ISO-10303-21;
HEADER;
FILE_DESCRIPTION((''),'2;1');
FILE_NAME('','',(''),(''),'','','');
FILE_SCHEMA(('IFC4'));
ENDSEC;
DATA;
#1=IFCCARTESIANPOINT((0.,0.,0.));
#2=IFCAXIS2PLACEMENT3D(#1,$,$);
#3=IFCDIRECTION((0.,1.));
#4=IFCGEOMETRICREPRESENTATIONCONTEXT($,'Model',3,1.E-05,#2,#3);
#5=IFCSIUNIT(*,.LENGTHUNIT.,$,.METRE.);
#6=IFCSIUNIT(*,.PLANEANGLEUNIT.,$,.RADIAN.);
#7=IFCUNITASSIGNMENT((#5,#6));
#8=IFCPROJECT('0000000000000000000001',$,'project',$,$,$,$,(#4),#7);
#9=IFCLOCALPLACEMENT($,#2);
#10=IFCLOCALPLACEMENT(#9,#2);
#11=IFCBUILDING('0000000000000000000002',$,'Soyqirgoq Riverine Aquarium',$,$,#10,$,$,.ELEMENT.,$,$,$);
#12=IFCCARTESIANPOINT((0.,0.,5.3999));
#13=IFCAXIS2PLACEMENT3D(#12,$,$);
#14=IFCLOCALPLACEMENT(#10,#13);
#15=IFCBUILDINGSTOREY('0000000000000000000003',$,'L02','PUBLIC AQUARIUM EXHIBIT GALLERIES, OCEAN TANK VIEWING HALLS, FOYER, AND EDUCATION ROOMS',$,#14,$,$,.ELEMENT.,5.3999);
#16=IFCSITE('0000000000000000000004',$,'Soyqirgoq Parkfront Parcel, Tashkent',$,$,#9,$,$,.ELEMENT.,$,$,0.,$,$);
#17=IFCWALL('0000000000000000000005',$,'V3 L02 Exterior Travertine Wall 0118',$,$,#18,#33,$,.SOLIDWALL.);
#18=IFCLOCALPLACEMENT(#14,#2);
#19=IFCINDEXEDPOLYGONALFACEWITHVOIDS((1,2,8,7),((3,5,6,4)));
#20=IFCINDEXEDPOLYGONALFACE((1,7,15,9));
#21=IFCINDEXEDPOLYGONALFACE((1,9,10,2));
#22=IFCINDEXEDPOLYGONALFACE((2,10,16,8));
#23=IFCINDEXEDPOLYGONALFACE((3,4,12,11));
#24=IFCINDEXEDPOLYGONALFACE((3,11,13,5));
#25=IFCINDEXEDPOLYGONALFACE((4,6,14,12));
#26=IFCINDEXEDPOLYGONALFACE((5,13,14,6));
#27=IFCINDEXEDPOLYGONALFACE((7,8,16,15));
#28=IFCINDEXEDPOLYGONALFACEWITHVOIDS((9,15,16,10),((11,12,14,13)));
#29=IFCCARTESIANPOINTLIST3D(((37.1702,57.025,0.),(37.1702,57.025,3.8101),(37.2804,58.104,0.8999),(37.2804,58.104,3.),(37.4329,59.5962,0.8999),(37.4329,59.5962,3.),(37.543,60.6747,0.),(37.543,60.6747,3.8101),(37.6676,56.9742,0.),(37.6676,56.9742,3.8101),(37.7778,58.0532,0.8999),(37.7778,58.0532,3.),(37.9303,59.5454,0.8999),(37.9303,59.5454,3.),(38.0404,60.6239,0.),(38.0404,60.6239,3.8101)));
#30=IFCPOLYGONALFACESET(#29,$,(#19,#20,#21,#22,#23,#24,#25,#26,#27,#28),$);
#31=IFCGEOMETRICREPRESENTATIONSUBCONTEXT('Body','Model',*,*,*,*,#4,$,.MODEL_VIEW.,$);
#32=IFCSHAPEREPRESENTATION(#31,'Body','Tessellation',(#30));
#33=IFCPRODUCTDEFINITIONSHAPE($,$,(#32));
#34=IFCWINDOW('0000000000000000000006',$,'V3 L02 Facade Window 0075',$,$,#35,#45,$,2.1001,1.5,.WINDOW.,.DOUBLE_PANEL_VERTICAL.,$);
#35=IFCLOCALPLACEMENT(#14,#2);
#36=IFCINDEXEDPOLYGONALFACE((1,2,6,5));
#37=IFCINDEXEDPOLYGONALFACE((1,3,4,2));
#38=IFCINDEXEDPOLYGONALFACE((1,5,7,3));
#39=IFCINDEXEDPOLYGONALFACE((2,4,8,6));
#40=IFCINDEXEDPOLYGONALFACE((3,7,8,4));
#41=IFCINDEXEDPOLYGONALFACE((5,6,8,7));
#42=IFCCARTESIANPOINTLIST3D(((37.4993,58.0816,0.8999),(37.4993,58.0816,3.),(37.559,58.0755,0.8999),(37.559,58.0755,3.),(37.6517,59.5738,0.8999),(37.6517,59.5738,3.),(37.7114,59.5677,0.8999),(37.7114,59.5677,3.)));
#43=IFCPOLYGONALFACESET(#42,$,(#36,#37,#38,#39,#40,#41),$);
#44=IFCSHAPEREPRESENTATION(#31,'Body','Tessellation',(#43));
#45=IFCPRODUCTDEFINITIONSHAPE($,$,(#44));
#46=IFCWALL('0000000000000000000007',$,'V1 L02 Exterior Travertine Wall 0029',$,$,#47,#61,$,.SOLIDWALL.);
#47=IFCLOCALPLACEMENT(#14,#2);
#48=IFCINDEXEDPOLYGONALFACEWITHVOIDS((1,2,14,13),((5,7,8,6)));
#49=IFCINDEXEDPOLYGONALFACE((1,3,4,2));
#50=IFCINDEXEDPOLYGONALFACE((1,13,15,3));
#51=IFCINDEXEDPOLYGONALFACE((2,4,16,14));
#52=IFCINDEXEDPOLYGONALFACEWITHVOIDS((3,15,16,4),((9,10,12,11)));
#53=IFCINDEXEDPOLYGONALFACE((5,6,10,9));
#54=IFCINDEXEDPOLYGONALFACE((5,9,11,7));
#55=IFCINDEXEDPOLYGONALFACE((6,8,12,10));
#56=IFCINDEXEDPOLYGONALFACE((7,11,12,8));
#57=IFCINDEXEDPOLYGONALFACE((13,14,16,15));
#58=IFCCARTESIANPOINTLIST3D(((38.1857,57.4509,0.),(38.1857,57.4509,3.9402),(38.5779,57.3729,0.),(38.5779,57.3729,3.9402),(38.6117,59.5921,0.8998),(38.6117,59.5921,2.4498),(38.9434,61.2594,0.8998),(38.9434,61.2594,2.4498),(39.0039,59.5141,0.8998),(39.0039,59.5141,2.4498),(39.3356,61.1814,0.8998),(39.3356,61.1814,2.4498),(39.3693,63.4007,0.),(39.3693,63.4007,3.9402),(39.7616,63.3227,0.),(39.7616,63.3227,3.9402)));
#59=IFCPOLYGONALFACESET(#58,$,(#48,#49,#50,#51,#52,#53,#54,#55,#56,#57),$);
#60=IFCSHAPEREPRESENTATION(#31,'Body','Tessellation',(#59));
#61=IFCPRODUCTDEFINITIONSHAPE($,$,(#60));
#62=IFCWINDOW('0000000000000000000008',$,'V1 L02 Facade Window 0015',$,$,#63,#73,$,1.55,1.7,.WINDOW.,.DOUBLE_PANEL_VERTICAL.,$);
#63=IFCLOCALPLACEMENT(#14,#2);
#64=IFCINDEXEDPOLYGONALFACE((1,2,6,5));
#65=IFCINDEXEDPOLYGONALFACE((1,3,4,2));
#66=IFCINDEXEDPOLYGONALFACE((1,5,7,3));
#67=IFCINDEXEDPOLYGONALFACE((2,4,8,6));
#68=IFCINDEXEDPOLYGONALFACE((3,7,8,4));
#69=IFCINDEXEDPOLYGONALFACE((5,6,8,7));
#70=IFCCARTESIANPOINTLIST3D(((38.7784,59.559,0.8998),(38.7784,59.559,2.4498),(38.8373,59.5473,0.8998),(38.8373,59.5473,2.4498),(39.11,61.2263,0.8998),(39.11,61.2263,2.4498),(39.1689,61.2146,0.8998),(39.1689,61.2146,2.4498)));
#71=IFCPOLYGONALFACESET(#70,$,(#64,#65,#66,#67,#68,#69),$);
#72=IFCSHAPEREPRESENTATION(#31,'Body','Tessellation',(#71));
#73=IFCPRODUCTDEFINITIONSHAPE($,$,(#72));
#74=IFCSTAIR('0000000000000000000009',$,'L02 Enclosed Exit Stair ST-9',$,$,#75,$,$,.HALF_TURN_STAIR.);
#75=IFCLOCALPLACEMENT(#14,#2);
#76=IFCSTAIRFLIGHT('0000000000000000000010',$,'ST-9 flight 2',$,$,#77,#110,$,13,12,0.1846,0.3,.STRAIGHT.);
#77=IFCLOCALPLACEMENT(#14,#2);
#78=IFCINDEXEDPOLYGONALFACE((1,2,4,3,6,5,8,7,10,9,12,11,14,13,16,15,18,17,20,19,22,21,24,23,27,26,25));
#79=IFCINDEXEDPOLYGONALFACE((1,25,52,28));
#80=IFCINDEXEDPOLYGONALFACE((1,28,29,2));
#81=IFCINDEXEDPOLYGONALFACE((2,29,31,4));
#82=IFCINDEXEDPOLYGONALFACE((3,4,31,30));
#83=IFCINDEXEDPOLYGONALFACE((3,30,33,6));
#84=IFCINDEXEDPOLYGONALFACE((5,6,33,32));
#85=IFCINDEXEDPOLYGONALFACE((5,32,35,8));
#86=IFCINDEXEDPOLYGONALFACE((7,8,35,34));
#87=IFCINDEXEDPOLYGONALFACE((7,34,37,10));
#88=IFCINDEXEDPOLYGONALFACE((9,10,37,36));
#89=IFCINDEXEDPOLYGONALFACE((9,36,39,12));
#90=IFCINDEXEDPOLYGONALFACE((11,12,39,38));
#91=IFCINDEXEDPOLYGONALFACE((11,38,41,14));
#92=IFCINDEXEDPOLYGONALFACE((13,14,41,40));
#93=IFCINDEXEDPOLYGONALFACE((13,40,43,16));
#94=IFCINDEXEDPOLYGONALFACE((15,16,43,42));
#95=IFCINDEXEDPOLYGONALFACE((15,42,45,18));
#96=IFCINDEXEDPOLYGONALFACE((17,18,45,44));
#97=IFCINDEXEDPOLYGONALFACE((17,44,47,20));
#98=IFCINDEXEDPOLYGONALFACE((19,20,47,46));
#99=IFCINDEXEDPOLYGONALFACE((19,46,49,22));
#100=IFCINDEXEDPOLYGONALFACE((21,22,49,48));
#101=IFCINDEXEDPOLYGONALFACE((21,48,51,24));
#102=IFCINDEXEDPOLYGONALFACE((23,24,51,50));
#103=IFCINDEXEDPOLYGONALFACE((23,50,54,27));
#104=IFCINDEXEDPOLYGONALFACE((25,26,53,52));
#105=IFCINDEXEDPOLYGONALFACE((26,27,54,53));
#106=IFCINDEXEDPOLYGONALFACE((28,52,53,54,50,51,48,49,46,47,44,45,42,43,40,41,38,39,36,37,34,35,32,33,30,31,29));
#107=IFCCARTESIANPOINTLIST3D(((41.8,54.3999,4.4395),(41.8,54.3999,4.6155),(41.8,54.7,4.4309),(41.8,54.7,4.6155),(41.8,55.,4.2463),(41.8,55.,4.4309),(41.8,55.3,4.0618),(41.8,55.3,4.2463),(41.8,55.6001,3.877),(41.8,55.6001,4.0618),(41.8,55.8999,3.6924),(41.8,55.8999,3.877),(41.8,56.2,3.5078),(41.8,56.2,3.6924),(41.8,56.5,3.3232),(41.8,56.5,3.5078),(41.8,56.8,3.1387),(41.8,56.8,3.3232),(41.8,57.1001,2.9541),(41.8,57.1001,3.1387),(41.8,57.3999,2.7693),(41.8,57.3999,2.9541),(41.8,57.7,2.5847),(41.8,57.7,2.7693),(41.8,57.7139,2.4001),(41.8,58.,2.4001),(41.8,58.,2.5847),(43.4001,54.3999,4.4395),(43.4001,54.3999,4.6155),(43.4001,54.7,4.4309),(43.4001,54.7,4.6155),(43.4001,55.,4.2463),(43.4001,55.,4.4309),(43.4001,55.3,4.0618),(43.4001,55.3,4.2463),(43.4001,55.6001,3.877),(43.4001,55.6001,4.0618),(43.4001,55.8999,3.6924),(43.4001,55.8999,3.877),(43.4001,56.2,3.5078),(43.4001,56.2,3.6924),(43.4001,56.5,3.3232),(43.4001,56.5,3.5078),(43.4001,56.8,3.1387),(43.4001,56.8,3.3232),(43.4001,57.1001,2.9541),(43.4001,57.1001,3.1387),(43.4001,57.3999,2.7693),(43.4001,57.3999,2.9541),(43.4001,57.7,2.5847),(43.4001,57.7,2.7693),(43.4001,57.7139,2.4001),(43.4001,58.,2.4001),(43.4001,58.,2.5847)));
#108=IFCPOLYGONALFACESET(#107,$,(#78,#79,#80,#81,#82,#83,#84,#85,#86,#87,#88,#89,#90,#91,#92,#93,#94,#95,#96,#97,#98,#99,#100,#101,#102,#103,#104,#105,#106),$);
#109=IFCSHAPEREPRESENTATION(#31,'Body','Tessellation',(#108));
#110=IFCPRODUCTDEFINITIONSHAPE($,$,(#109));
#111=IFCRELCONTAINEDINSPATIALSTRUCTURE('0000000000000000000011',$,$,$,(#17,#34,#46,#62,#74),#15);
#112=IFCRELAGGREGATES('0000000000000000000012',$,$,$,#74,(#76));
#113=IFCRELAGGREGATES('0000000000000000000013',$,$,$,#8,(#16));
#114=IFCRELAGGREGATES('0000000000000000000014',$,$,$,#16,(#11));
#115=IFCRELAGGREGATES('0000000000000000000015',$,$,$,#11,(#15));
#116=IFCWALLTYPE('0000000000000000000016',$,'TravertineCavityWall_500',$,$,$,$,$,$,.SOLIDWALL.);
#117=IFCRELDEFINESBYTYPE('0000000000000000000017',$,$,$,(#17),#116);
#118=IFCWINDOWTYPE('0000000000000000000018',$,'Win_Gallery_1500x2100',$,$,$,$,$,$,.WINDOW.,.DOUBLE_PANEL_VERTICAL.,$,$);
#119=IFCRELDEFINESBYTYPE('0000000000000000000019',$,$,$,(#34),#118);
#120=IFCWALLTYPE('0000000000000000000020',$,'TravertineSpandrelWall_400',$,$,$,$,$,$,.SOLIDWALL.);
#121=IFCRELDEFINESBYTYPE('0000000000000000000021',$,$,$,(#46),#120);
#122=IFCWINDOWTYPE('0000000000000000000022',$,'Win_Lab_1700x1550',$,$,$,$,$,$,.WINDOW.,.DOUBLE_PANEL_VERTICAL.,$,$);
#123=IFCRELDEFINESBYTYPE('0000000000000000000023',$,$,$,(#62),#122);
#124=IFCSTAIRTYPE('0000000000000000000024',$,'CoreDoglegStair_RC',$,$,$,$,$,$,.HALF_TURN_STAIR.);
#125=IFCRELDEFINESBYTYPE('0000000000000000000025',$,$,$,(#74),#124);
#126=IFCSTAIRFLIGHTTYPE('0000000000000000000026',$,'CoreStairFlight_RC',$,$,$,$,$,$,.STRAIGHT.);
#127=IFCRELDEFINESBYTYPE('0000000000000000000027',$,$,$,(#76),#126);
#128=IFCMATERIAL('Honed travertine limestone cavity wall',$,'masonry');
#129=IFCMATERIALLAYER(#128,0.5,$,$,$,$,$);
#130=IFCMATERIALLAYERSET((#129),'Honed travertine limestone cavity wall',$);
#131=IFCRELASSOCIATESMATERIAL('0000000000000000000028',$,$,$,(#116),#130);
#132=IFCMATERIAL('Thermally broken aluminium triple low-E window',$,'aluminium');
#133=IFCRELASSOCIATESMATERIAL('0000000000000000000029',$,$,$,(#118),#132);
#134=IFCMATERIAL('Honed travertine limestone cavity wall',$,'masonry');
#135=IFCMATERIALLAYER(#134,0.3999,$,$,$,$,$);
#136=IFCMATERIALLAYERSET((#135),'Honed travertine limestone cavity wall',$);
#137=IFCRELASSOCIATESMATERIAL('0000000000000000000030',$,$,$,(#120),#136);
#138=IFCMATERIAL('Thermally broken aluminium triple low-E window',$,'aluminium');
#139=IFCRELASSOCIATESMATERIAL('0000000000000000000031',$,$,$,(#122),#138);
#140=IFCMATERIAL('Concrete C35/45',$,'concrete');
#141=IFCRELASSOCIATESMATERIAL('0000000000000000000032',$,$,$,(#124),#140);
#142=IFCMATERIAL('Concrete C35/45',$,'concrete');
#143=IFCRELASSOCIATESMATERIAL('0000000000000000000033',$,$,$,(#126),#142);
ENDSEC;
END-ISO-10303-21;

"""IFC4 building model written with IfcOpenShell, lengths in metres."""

from ifc_helpers import new_model, si_unit, direction, frame, frame_2d, origin, place, context, subcontext, project, spatial, polyline, rectangle, outline, extrude, material, layer, layer_set, type_object, element, fill, aggregate, save


model = new_model("IFC4")

# Units and contexts
model_context = context("Model", 3, precision=1e-05, world=origin(), true_north=direction((0.0, 1.0)))
body_context = subcontext(model_context, "Body", "Model", "MODEL_VIEW")
ifc_project = project(units=[si_unit("LENGTHUNIT", "METRE"), si_unit("PLANEANGLEUNIT", "RADIAN")], contexts=[model_context])

# Site, building, storey
site_placement = place(None, origin())
site = spatial("IfcSite", under=ifc_project, at=site_placement, Name="Soyqirgoq Parkfront Parcel, Tashkent", CompositionType="ELEMENT", RefElevation=0.0)
building_placement = place(site_placement, origin())
building = spatial("IfcBuilding", under=site, at=building_placement, Name="Soyqirgoq Riverine Aquarium", CompositionType="ELEMENT")
storey_placement = place(building_placement, frame((0.0, 0.0, 5.3999)))
storey = spatial("IfcBuildingStorey", under=building, at=storey_placement, Name="L02", Description="PUBLIC AQUARIUM EXHIBIT GALLERIES, OCEAN TANK VIEWING HALLS, FOYER, AND EDUCATION ROOMS", CompositionType="ELEMENT", Elevation=5.3999)

# Walls, openings, windows
ifc_material_1 = material(Name="Honed travertine limestone cavity wall", Category="masonry")
ifc_layer_1 = layer(ifc_material_1, 0.5)
ifc_layer_set_1 = layer_set([ifc_layer_1], Name="Honed travertine limestone cavity wall")
wall_type_1 = type_object("IfcWallType", Name="TravertineCavityWall_500", PredefinedType="SOLIDWALL", material=ifc_layer_set_1)
wall_1_placement = place(storey_placement, frame((37.7917, 60.6494, 0.0), z_axis=(0.0, 0.0, 1.0), x_axis=(-0.101619, -0.994823, 0.0)))
wall_1 = element("IfcWall", 1, at=wall_1_placement, inside=storey, type_object=wall_type_1, Name="V3 L02 Exterior Travertine Wall 0118", PredefinedType="SOLIDWALL", context=body_context, shape_type="SweptSolid", body=[
    extrude(rectangle(XDim=3.6687, YDim=0.5, at=frame_2d((1.8345, 0.0))), origin(), (0.0, 0.0, 1.0), 3.8101),
])
opening_1_placement = place(wall_1_placement, frame((1.0842, 0.0, 0.8999)))
opening_1 = element("IfcOpeningElement", 2, at=opening_1_placement, cuts=wall_1, PredefinedType="OPENING", context=body_context, shape_type="SweptSolid", body=[
    extrude(rectangle(XDim=1.5, YDim=2.1001, at=frame_2d((0.75, 1.05))), frame((0.0, 0.26, 0.0), z_axis=(0.0, -1.0, 0.0), x_axis=(1.0, 0.0, 0.0)), (0.0, 0.0, 1.0), 0.52),
])
ifc_material_2 = material(Name="Thermally broken aluminium triple low-E window", Category="aluminium")
window_type_1 = type_object("IfcWindowType", Name="Win_Gallery_1500x2100", PartitioningType="DOUBLE_PANEL_VERTICAL", PredefinedType="WINDOW", material=ifc_material_2)
window_1_placement = place(opening_1_placement, origin())
window_1 = element("IfcWindow", 3, at=window_1_placement, inside=storey, type_object=window_type_1, Name="V3 L02 Facade Window 0075", OverallHeight=2.1001, OverallWidth=1.5, PartitioningType="DOUBLE_PANEL_VERTICAL", PredefinedType="WINDOW", context=body_context, shape_type="SweptSolid", body=[
    extrude(rectangle(XDim=1.5, YDim=2.1001, at=frame_2d((0.75, 1.05))), frame((0.0, 0.03, 0.0), z_axis=(0.0, -1.0, 0.0), x_axis=(1.0, 0.0, 0.0)), (0.0, 0.0, 1.0), 0.0601),
])
fill(opening_1, window_1)
ifc_material_3 = material(Name="Honed travertine limestone cavity wall", Category="masonry")
ifc_layer_2 = layer(ifc_material_3, 0.3999)
ifc_layer_set_2 = layer_set([ifc_layer_2], Name="Honed travertine limestone cavity wall")
wall_type_2 = type_object("IfcWallType", Name="TravertineSpandrelWall_400", PredefinedType="SOLIDWALL", material=ifc_layer_set_2)
wall_2_placement = place(storey_placement, frame((38.3818, 57.4119, 0.0), z_axis=(0.0, 0.0, 1.0), x_axis=(0.19511, 0.980781, 0.0)))
wall_2 = element("IfcWall", 4, at=wall_2_placement, inside=storey, type_object=wall_type_2, Name="V1 L02 Exterior Travertine Wall 0029", PredefinedType="SOLIDWALL", context=body_context, shape_type="SweptSolid", body=[
    extrude(rectangle(XDim=6.0664, YDim=0.3999, at=frame_2d((3.0332, 0.0))), origin(), (0.0, 0.0, 1.0), 3.9402),
])
opening_2_placement = place(wall_2_placement, frame((2.1831, 0.0, 0.8999)))
opening_2 = element("IfcOpeningElement", 5, at=opening_2_placement, cuts=wall_2, PredefinedType="OPENING", context=body_context, shape_type="SweptSolid", body=[
    extrude(rectangle(XDim=1.7, YDim=1.55, at=frame_2d((0.8501, 0.7749))), frame((0.0, 0.21, 0.0), z_axis=(0.0, -1.0, 0.0), x_axis=(1.0, 0.0, 0.0)), (0.0, 0.0, 1.0), 0.4199),
])
ifc_material_4 = material(Name="Thermally broken aluminium triple low-E window", Category="aluminium")
window_type_2 = type_object("IfcWindowType", Name="Win_Lab_1700x1550", PartitioningType="DOUBLE_PANEL_VERTICAL", PredefinedType="WINDOW", material=ifc_material_4)
window_2_placement = place(opening_2_placement, origin())
window_2 = element("IfcWindow", 6, at=window_2_placement, inside=storey, type_object=window_type_2, Name="V1 L02 Facade Window 0015", OverallHeight=1.55, OverallWidth=1.7, PartitioningType="DOUBLE_PANEL_VERTICAL", PredefinedType="WINDOW", context=body_context, shape_type="SweptSolid", body=[
    extrude(rectangle(XDim=1.7, YDim=1.55, at=frame_2d((0.8501, 0.7749))), frame((0.0, 0.03, 0.0), z_axis=(0.0, -1.0, 0.0), x_axis=(1.0, 0.0, 0.0)), (0.0, 0.0, 1.0), 0.0601),
])
fill(opening_2, window_2)

# Stair, stair flight
ifc_material_5 = material(Name="Concrete C35/45", Category="concrete")
stair_type = type_object("IfcStairType", Name="CoreDoglegStair_RC", PredefinedType="HALF_TURN_STAIR", material=ifc_material_5)
stair_placement = place(storey_placement, origin())
stair = element("IfcStair", 7, at=stair_placement, inside=storey, type_object=stair_type, Name="L02 Enclosed Exit Stair ST-9", PredefinedType="HALF_TURN_STAIR")
ifc_material_6 = material(Name="Concrete C35/45", Category="concrete")
stair_flight_type = type_object("IfcStairFlightType", Name="CoreStairFlight_RC", PredefinedType="STRAIGHT", material=ifc_material_6)
stair_flight_placement = place(storey_placement, frame((42.6001, 58.0, 2.4001), z_axis=(0.0, 0.0, 1.0), x_axis=(0.0, -1.0, 0.0)))
stair_flight = element("IfcStairFlight", 8, at=stair_flight_placement, type_object=stair_flight_type, Name="ST-9 flight 2", NumberOfRisers=13, NumberOfTreads=12, PredefinedType="STRAIGHT", RiserHeight=0.1846, TreadLength=0.3, context=body_context, shape_type="SweptSolid", body=[
    extrude(outline(polyline([(0.0, 0.0), (0.0, 0.1846), (0.3, 0.1846), (0.3, 0.3691), (0.6001, 0.3691), (0.6001, 0.554), (0.8999, 0.554), (0.8999, 0.7385), (1.2, 0.7385), (1.2, 0.9231), (1.5, 0.9231), (1.5, 1.1077), (1.8, 1.1077), (1.8, 1.2922), (2.1001, 1.2922), (2.1001, 1.4768), (2.3999, 1.4768), (2.3999, 1.6616), (2.7, 1.6616), (2.7, 1.8462), (3.0, 1.8462), (3.0, 2.0308), (3.3, 2.0308), (3.3, 2.2153), (3.6001, 2.2153), (3.6001, 2.3999), (3.6001, 2.0393), (0.2861, 0.0), (0.0, 0.0)])), frame((0.0, 0.8, 0.0), z_axis=(0.0, -1.0, 0.0), x_axis=(1.0, 0.0, 0.0)), (0.0, 0.0, 1.0), 1.6001),
])
aggregate(stair, [stair_flight])

save(model, "model.ifc")
